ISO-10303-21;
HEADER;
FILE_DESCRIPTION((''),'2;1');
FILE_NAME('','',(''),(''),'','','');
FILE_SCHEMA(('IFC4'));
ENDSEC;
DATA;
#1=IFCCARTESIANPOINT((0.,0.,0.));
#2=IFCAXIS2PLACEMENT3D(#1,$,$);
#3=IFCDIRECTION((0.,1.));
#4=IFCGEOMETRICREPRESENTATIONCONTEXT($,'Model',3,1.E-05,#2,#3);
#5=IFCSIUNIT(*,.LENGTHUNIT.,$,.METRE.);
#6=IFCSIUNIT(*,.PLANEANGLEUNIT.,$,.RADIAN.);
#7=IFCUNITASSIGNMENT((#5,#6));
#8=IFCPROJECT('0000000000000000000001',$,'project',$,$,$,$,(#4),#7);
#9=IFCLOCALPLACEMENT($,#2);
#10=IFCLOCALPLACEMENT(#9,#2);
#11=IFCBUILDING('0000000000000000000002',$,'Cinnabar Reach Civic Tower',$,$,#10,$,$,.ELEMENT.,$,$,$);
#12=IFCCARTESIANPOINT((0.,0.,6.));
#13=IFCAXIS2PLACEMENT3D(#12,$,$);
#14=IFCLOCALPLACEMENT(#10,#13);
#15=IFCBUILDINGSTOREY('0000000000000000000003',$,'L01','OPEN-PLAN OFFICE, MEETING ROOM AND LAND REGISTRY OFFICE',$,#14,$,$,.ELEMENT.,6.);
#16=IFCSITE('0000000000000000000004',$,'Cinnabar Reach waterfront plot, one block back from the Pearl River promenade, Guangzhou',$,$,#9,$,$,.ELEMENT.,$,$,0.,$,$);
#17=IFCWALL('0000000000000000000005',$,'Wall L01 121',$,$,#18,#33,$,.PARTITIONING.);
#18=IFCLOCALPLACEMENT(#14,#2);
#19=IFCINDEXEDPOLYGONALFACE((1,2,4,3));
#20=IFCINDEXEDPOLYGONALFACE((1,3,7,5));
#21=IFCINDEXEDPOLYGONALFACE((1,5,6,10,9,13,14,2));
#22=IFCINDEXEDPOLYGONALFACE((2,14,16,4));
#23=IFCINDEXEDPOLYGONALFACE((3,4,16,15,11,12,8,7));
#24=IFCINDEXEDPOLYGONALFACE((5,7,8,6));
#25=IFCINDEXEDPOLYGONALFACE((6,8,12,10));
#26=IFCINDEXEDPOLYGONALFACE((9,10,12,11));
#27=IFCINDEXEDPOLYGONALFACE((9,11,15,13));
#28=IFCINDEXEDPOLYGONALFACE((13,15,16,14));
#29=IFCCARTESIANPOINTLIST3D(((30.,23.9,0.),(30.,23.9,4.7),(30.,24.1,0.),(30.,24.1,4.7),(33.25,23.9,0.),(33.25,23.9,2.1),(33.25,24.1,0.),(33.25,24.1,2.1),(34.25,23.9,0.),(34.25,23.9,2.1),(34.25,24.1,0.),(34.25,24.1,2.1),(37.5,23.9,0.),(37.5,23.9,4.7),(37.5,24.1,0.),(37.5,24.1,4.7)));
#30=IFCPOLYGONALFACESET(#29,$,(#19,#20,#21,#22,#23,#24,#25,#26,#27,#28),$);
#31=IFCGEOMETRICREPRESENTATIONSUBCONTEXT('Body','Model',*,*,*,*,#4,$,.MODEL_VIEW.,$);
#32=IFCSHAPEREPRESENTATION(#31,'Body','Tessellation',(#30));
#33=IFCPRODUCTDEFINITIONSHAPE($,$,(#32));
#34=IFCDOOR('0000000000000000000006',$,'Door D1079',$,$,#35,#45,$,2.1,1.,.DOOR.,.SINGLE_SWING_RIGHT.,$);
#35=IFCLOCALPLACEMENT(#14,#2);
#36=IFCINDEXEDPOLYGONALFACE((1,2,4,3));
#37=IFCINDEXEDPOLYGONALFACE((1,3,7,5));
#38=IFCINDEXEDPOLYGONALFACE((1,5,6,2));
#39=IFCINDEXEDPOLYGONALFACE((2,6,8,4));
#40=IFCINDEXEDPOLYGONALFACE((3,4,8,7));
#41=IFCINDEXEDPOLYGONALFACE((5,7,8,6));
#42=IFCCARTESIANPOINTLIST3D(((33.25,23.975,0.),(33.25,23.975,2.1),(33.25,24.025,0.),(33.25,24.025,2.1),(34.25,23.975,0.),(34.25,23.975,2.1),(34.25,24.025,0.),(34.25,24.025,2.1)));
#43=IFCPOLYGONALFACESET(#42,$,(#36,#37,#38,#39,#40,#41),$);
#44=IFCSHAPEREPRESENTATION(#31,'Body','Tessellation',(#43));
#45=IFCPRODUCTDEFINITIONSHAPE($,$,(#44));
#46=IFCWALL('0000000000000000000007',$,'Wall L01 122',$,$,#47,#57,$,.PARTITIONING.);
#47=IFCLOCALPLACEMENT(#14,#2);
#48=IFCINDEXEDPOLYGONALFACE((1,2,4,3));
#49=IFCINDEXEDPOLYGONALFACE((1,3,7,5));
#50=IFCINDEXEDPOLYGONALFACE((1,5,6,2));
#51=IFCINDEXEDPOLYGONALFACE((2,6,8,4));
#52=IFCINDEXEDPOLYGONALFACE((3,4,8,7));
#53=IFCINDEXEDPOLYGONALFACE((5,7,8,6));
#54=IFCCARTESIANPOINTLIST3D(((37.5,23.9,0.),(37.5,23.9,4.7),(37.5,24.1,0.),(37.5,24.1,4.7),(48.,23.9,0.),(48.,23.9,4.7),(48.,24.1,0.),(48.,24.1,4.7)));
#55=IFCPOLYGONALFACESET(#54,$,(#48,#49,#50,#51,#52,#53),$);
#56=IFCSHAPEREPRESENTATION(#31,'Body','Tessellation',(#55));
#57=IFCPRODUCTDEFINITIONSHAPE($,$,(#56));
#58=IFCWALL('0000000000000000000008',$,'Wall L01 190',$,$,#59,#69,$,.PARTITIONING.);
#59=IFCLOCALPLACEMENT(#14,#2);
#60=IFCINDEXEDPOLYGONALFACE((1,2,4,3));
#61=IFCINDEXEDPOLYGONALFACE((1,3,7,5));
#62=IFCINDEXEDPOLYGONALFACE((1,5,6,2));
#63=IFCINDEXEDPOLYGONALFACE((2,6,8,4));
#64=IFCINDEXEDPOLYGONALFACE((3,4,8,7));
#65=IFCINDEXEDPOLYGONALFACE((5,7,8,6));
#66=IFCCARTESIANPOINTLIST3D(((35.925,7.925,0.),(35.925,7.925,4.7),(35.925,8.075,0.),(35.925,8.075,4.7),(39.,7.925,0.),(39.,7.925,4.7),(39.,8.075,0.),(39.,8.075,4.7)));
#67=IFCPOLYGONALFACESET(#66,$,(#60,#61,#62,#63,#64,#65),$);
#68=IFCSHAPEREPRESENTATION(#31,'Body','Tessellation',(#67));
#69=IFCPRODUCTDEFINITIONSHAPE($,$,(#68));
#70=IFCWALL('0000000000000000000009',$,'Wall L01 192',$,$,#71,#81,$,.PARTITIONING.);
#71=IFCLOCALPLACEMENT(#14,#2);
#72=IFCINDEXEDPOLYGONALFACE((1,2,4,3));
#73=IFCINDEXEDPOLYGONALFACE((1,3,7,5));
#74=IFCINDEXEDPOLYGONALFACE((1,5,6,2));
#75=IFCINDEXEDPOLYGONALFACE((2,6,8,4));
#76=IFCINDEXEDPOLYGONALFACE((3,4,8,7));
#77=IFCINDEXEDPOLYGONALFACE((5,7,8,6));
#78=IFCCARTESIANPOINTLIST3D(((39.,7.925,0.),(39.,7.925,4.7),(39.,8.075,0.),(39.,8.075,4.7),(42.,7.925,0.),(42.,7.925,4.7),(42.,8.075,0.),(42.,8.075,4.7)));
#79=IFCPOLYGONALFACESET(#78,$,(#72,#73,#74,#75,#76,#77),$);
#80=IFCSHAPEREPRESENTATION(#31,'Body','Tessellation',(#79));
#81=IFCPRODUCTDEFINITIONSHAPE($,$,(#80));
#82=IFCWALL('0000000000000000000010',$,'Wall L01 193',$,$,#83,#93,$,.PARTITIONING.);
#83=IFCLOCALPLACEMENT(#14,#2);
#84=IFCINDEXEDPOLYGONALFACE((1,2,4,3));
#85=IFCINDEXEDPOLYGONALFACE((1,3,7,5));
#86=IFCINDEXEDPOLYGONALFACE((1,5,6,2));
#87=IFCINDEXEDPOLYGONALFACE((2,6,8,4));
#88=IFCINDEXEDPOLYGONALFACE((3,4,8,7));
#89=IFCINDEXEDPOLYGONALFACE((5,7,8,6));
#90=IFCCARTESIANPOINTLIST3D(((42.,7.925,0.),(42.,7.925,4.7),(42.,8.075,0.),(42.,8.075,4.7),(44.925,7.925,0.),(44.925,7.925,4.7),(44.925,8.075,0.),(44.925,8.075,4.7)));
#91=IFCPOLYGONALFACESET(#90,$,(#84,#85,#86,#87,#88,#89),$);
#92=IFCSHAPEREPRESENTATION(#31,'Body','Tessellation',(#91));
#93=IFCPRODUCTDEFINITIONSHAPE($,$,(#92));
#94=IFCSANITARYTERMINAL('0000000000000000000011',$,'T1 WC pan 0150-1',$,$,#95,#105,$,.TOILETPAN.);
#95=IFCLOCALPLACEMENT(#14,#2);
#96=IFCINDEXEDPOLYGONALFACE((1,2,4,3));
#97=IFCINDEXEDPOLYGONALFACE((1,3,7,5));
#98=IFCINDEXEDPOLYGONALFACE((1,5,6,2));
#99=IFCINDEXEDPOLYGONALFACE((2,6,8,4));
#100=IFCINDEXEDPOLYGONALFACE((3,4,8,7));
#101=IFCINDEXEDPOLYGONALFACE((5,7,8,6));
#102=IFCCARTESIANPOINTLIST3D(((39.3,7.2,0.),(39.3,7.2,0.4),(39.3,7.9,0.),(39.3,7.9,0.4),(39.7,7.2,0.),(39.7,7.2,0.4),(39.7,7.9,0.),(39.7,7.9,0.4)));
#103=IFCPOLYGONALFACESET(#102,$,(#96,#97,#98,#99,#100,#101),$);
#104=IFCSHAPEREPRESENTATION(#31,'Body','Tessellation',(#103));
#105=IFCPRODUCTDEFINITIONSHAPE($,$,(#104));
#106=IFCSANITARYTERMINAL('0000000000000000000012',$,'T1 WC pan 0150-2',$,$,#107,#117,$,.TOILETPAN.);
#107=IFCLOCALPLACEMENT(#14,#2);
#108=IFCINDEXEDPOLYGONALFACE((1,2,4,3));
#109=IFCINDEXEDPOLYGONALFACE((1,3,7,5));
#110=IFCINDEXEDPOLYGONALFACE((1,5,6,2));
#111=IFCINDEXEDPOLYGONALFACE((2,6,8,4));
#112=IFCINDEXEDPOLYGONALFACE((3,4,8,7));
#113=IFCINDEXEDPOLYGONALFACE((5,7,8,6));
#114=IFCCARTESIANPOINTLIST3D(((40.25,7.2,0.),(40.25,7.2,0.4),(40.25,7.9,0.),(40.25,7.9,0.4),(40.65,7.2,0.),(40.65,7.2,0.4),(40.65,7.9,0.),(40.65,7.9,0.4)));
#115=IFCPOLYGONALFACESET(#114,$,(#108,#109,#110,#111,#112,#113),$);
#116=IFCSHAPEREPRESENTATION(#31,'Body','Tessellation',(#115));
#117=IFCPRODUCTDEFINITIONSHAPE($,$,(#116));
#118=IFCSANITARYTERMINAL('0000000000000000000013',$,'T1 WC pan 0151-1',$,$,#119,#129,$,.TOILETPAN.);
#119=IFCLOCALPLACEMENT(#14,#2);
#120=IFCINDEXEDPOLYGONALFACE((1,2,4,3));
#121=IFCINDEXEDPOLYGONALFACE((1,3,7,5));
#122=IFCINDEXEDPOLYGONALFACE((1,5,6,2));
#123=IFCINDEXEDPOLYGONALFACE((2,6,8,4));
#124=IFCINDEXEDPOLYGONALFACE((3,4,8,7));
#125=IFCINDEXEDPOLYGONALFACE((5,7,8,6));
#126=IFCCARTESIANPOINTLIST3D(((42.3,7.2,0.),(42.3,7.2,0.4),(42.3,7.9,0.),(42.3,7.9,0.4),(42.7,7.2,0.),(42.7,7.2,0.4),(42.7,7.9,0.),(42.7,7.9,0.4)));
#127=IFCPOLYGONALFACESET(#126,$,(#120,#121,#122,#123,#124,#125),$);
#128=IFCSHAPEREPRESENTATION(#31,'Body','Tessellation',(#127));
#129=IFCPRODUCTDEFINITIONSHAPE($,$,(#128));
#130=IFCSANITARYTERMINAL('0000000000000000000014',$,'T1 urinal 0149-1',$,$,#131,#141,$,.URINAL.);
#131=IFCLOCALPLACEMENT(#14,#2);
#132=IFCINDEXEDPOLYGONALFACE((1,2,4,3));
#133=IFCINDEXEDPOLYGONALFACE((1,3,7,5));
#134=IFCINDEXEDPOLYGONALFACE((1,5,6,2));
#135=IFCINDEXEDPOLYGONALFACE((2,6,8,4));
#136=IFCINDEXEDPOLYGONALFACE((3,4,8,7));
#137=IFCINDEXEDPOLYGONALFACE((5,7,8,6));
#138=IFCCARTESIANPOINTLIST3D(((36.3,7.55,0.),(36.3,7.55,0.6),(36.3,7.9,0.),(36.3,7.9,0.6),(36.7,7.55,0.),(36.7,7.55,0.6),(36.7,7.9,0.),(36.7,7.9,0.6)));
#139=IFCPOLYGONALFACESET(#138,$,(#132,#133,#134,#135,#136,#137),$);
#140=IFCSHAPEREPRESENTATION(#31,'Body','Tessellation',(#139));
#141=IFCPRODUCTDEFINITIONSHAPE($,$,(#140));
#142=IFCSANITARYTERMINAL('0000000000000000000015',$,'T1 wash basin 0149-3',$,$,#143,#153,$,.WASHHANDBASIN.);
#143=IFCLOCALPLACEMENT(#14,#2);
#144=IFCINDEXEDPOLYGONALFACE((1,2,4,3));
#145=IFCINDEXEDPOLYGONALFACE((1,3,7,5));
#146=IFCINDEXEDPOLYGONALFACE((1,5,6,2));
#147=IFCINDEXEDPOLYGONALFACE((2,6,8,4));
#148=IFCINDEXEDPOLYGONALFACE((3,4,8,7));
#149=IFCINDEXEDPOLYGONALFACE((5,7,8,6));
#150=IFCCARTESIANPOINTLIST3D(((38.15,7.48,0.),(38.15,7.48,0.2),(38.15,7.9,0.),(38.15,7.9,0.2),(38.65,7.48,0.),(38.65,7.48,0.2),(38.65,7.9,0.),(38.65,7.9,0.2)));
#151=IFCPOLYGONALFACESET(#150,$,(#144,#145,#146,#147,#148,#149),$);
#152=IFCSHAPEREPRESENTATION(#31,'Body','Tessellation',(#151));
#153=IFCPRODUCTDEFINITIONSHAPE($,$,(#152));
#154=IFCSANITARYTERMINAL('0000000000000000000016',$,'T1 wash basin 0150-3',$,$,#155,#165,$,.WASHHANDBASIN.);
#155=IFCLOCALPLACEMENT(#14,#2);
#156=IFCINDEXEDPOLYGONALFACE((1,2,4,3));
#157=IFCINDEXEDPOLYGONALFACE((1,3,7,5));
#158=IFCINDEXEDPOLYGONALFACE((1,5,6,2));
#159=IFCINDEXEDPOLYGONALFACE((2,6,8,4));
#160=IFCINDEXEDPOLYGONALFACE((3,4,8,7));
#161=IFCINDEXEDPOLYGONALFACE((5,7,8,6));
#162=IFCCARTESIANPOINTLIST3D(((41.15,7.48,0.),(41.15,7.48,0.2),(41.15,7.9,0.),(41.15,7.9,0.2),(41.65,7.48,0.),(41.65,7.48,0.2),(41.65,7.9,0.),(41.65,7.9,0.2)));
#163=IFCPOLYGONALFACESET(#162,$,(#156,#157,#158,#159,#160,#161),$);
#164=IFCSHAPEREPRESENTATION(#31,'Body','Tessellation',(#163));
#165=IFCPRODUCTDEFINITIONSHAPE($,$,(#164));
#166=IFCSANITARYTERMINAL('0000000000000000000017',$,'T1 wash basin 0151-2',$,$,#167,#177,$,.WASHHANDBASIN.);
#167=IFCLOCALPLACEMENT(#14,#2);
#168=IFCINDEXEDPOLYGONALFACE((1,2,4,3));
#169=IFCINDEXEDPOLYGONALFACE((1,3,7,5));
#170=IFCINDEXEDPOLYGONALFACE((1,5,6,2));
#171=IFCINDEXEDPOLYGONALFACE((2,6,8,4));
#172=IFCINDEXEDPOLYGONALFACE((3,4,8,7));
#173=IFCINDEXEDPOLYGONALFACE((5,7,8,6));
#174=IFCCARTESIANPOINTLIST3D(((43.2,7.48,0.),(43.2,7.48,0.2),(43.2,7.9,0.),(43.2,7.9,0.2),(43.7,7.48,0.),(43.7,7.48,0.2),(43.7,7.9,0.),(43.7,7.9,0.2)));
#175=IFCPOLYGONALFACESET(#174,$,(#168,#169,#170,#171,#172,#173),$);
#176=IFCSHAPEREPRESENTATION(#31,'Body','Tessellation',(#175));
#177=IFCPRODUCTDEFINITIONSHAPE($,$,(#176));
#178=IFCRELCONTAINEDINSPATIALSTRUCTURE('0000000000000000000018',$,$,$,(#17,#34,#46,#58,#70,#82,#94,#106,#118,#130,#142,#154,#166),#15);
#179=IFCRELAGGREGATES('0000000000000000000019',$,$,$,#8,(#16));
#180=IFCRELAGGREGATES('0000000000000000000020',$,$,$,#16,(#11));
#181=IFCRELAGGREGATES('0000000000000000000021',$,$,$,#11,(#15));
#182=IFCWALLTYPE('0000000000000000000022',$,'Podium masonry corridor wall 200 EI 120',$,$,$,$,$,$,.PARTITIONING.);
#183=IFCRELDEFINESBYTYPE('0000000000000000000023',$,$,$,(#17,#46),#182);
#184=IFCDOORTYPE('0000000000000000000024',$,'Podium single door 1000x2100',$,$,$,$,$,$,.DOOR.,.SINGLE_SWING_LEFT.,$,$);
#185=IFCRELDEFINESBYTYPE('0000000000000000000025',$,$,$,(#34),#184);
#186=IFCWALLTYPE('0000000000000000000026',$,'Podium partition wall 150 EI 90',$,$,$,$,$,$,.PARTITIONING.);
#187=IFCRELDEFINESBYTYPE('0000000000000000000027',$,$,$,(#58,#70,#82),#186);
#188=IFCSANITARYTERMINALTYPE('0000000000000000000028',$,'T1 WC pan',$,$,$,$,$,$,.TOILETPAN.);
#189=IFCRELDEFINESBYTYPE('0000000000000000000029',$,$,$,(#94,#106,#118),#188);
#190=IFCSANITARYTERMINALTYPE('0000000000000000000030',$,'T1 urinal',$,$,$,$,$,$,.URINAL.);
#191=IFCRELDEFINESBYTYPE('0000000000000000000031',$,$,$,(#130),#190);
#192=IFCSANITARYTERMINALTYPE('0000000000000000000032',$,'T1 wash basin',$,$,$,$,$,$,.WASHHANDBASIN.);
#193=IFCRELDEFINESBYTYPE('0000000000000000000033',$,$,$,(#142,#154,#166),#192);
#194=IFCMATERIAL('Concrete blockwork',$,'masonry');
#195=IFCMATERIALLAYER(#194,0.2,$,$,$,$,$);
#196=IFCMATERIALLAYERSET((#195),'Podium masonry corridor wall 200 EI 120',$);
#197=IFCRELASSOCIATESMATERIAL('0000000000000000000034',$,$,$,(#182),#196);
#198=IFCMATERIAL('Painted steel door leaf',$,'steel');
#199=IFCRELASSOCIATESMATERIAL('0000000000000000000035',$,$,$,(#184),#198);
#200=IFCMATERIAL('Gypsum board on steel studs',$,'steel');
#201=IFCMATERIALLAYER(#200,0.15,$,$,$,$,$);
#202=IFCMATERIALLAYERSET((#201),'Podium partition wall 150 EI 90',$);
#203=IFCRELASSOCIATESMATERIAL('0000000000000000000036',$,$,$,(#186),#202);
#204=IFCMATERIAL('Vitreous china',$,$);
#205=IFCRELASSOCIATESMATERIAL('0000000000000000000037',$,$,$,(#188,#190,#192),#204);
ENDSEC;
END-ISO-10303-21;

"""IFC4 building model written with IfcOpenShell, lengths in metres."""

from ifc_helpers import new_model, si_unit, direction, frame, frame_2d, origin, origin_2d, place, context, subcontext, project, spatial, rectangle, extrude, material, layer, layer_set, type_object, element, fill, save


model = new_model("IFC4")

# Units and contexts
model_context = context("Model", 3, precision=1e-05, world=origin(), true_north=direction((0.0, 1.0)))
body_context = subcontext(model_context, "Body", "Model", "MODEL_VIEW")
ifc_project = project(units=[si_unit("LENGTHUNIT", "METRE"), si_unit("PLANEANGLEUNIT", "RADIAN")], contexts=[model_context])

# Site, building, storey
site_placement = place(None, origin())
site = spatial("IfcSite", under=ifc_project, at=site_placement, Name="Cinnabar Reach waterfront plot, one block back from the Pearl River promenade, Guangzhou", CompositionType="ELEMENT", RefElevation=0.0)
building_placement = place(site_placement, origin())
building = spatial("IfcBuilding", under=site, at=building_placement, Name="Cinnabar Reach Civic Tower", CompositionType="ELEMENT")
storey_placement = place(building_placement, frame((0.0, 0.0, 6.0)))
storey = spatial("IfcBuildingStorey", under=building, at=storey_placement, Name="L01", Description="OPEN-PLAN OFFICE, MEETING ROOM AND LAND REGISTRY OFFICE", CompositionType="ELEMENT", Elevation=6.0)

# Shared definitions
ifc_material_1 = material(Name="Concrete blockwork", Category="masonry")
ifc_layer_1 = layer(ifc_material_1, 0.2)
ifc_layer_set_1 = layer_set([ifc_layer_1], Name="Podium masonry corridor wall 200 EI 120")
wall_type_1 = type_object("IfcWallType", Name="Podium masonry corridor wall 200 EI 120", PredefinedType="PARTITIONING", material=ifc_layer_set_1)

# Shared definitions
ifc_material_2 = material(Name="Painted steel door leaf", Category="steel")

# Wall, opening, door
wall_1_placement = place(storey_placement, frame((30.0, 24.0, 0.0), z_axis=(0.0, 0.0, 1.0), x_axis=(1.0, 0.0, 0.0)))
wall_1 = element("IfcWall", 1, at=wall_1_placement, inside=storey, type_object=wall_type_1, Name="Wall L01 121", PredefinedType="PARTITIONING", context=body_context, shape_type="SweptSolid", body=[
    extrude(rectangle(XDim=7.5, YDim=0.2, at=frame_2d((3.75, 0.0))), origin(), (0.0, 0.0, 1.0), 4.7),
])
opening_1_placement = place(wall_1_placement, frame((3.25, 0.0, 0.0)))
opening_1 = element("IfcOpeningElement", 2, at=opening_1_placement, cuts=wall_1, PredefinedType="OPENING", context=body_context, shape_type="SweptSolid", body=[
    extrude(rectangle(XDim=1.0, YDim=2.1, at=frame_2d((0.5, 1.05))), frame((0.0, 0.11, 0.0), z_axis=(0.0, -1.0, 0.0), x_axis=(1.0, 0.0, 0.0)), (0.0, 0.0, 1.0), 0.22),
])
door_type_1 = type_object("IfcDoorType", Name="Podium single door 1000x2100", OperationType="SINGLE_SWING_LEFT", PredefinedType="DOOR", material=ifc_material_2)
door_1_placement = place(opening_1_placement, origin())
door_1 = element("IfcDoor", 3, at=door_1_placement, inside=storey, type_object=door_type_1, Name="Door D1079", OperationType="SINGLE_SWING_RIGHT", OverallHeight=2.1, OverallWidth=1.0, PredefinedType="DOOR", context=body_context, shape_type="SweptSolid", body=[
    extrude(rectangle(XDim=1.0, YDim=2.1, at=frame_2d((0.5, 1.05))), frame((0.0, 0.025, 0.0), z_axis=(0.0, -1.0, 0.0), x_axis=(1.0, 0.0, 0.0)), (0.0, 0.0, 1.0), 0.05),
])
fill(opening_1, door_1)

# Walls
wall_2_placement = place(storey_placement, frame((37.5, 24.0, 0.0), z_axis=(0.0, 0.0, 1.0), x_axis=(1.0, 0.0, 0.0)))
element("IfcWall", 4, at=wall_2_placement, inside=storey, type_object=wall_type_1, Name="Wall L01 122", PredefinedType="PARTITIONING", context=body_context, shape_type="SweptSolid", body=[
    extrude(rectangle(XDim=10.5, YDim=0.2, at=frame_2d((5.25, 0.0))), origin(), (0.0, 0.0, 1.0), 4.7),
])
ifc_material_3 = material(Name="Gypsum board on steel studs", Category="steel")
ifc_layer_2 = layer(ifc_material_3, 0.15)
ifc_layer_set_2 = layer_set([ifc_layer_2], Name="Podium partition wall 150 EI 90")
wall_type_2 = type_object("IfcWallType", Name="Podium partition wall 150 EI 90", PredefinedType="PARTITIONING", material=ifc_layer_set_2)
wall_3_placement = place(storey_placement, frame((35.925, 8.0, 0.0), z_axis=(0.0, 0.0, 1.0), x_axis=(1.0, 0.0, 0.0)))
element("IfcWall", 5, at=wall_3_placement, inside=storey, type_object=wall_type_2, Name="Wall L01 190", PredefinedType="PARTITIONING", context=body_context, shape_type="SweptSolid", body=[
    extrude(rectangle(XDim=3.075, YDim=0.15, at=frame_2d((1.5375, 0.0))), origin(), (0.0, 0.0, 1.0), 4.7),
])
wall_4_placement = place(storey_placement, frame((39.0, 8.0, 0.0), z_axis=(0.0, 0.0, 1.0), x_axis=(1.0, 0.0, 0.0)))
element("IfcWall", 6, at=wall_4_placement, inside=storey, type_object=wall_type_2, Name="Wall L01 192", PredefinedType="PARTITIONING", context=body_context, shape_type="SweptSolid", body=[
    extrude(rectangle(XDim=3.0, YDim=0.15, at=frame_2d((1.5, 0.0))), origin(), (0.0, 0.0, 1.0), 4.7),
])
wall_5_placement = place(storey_placement, frame((42.0, 8.0, 0.0), z_axis=(0.0, 0.0, 1.0), x_axis=(1.0, 0.0, 0.0)))
element("IfcWall", 7, at=wall_5_placement, inside=storey, type_object=wall_type_2, Name="Wall L01 193", PredefinedType="PARTITIONING", context=body_context, shape_type="SweptSolid", body=[
    extrude(rectangle(XDim=2.925, YDim=0.15, at=frame_2d((1.4625, 0.0))), origin(), (0.0, 0.0, 1.0), 4.7),
])

# Sanitary terminals
ifc_material_4 = material(Name="Vitreous china")
sanitary_terminal_type_1 = type_object("IfcSanitaryTerminalType", Name="T1 WC pan", PredefinedType="TOILETPAN", material=ifc_material_4)
for number, where, z_axis, x_axis, name in (
    (8, (39.5, 7.55, 0.0), (0.0, 0.0, 1.0), (1.0, 0.0, 0.0), "T1 WC pan 0150-1"),
    (9, (40.45, 7.55, 0.0), (0.0, 0.0, 1.0), (1.0, 0.0, 0.0), "T1 WC pan 0150-2"),
    (10, (42.5, 7.55, 0.0), (0.0, 0.0, 1.0), (1.0, 0.0, 0.0), "T1 WC pan 0151-1"),
):
    element("IfcSanitaryTerminal", number, at=place(storey_placement, frame(where, z_axis=z_axis, x_axis=x_axis)), inside=storey, type_object=sanitary_terminal_type_1, Name=name, PredefinedType="TOILETPAN", context=body_context, shape_type="SweptSolid", body=[
        extrude(rectangle(XDim=0.4, YDim=0.7, at=origin_2d()), origin(), (0.0, 0.0, 1.0), 0.4),
    ])
sanitary_terminal_type_2 = type_object("IfcSanitaryTerminalType", Name="T1 urinal", PredefinedType="URINAL", material=ifc_material_4)
sanitary_terminal_placement = place(storey_placement, frame((36.5, 7.725, 0.0), z_axis=(0.0, 0.0, 1.0), x_axis=(1.0, 0.0, 0.0)))
element("IfcSanitaryTerminal", 11, at=sanitary_terminal_placement, inside=storey, type_object=sanitary_terminal_type_2, Name="T1 urinal 0149-1", PredefinedType="URINAL", context=body_context, shape_type="SweptSolid", body=[
    extrude(rectangle(XDim=0.4, YDim=0.35, at=origin_2d()), origin(), (0.0, 0.0, 1.0), 0.6),
])
sanitary_terminal_type_3 = type_object("IfcSanitaryTerminalType", Name="T1 wash basin", PredefinedType="WASHHANDBASIN", material=ifc_material_4)
for number, where, z_axis, x_axis, name in (
    (12, (38.4, 7.69, 0.0), (0.0, 0.0, 1.0), (1.0, 0.0, 0.0), "T1 wash basin 0149-3"),
    (13, (41.4, 7.69, 0.0), (0.0, 0.0, 1.0), (1.0, 0.0, 0.0), "T1 wash basin 0150-3"),
    (14, (43.45, 7.69, 0.0), (0.0, 0.0, 1.0), (1.0, 0.0, 0.0), "T1 wash basin 0151-2"),
):
    element("IfcSanitaryTerminal", number, at=place(storey_placement, frame(where, z_axis=z_axis, x_axis=x_axis)), inside=storey, type_object=sanitary_terminal_type_3, Name=name, PredefinedType="WASHHANDBASIN", context=body_context, shape_type="SweptSolid", body=[
        extrude(rectangle(XDim=0.5, YDim=0.42, at=origin_2d()), origin(), (0.0, 0.0, 1.0), 0.2),
    ])

save(model, "model.ifc")
